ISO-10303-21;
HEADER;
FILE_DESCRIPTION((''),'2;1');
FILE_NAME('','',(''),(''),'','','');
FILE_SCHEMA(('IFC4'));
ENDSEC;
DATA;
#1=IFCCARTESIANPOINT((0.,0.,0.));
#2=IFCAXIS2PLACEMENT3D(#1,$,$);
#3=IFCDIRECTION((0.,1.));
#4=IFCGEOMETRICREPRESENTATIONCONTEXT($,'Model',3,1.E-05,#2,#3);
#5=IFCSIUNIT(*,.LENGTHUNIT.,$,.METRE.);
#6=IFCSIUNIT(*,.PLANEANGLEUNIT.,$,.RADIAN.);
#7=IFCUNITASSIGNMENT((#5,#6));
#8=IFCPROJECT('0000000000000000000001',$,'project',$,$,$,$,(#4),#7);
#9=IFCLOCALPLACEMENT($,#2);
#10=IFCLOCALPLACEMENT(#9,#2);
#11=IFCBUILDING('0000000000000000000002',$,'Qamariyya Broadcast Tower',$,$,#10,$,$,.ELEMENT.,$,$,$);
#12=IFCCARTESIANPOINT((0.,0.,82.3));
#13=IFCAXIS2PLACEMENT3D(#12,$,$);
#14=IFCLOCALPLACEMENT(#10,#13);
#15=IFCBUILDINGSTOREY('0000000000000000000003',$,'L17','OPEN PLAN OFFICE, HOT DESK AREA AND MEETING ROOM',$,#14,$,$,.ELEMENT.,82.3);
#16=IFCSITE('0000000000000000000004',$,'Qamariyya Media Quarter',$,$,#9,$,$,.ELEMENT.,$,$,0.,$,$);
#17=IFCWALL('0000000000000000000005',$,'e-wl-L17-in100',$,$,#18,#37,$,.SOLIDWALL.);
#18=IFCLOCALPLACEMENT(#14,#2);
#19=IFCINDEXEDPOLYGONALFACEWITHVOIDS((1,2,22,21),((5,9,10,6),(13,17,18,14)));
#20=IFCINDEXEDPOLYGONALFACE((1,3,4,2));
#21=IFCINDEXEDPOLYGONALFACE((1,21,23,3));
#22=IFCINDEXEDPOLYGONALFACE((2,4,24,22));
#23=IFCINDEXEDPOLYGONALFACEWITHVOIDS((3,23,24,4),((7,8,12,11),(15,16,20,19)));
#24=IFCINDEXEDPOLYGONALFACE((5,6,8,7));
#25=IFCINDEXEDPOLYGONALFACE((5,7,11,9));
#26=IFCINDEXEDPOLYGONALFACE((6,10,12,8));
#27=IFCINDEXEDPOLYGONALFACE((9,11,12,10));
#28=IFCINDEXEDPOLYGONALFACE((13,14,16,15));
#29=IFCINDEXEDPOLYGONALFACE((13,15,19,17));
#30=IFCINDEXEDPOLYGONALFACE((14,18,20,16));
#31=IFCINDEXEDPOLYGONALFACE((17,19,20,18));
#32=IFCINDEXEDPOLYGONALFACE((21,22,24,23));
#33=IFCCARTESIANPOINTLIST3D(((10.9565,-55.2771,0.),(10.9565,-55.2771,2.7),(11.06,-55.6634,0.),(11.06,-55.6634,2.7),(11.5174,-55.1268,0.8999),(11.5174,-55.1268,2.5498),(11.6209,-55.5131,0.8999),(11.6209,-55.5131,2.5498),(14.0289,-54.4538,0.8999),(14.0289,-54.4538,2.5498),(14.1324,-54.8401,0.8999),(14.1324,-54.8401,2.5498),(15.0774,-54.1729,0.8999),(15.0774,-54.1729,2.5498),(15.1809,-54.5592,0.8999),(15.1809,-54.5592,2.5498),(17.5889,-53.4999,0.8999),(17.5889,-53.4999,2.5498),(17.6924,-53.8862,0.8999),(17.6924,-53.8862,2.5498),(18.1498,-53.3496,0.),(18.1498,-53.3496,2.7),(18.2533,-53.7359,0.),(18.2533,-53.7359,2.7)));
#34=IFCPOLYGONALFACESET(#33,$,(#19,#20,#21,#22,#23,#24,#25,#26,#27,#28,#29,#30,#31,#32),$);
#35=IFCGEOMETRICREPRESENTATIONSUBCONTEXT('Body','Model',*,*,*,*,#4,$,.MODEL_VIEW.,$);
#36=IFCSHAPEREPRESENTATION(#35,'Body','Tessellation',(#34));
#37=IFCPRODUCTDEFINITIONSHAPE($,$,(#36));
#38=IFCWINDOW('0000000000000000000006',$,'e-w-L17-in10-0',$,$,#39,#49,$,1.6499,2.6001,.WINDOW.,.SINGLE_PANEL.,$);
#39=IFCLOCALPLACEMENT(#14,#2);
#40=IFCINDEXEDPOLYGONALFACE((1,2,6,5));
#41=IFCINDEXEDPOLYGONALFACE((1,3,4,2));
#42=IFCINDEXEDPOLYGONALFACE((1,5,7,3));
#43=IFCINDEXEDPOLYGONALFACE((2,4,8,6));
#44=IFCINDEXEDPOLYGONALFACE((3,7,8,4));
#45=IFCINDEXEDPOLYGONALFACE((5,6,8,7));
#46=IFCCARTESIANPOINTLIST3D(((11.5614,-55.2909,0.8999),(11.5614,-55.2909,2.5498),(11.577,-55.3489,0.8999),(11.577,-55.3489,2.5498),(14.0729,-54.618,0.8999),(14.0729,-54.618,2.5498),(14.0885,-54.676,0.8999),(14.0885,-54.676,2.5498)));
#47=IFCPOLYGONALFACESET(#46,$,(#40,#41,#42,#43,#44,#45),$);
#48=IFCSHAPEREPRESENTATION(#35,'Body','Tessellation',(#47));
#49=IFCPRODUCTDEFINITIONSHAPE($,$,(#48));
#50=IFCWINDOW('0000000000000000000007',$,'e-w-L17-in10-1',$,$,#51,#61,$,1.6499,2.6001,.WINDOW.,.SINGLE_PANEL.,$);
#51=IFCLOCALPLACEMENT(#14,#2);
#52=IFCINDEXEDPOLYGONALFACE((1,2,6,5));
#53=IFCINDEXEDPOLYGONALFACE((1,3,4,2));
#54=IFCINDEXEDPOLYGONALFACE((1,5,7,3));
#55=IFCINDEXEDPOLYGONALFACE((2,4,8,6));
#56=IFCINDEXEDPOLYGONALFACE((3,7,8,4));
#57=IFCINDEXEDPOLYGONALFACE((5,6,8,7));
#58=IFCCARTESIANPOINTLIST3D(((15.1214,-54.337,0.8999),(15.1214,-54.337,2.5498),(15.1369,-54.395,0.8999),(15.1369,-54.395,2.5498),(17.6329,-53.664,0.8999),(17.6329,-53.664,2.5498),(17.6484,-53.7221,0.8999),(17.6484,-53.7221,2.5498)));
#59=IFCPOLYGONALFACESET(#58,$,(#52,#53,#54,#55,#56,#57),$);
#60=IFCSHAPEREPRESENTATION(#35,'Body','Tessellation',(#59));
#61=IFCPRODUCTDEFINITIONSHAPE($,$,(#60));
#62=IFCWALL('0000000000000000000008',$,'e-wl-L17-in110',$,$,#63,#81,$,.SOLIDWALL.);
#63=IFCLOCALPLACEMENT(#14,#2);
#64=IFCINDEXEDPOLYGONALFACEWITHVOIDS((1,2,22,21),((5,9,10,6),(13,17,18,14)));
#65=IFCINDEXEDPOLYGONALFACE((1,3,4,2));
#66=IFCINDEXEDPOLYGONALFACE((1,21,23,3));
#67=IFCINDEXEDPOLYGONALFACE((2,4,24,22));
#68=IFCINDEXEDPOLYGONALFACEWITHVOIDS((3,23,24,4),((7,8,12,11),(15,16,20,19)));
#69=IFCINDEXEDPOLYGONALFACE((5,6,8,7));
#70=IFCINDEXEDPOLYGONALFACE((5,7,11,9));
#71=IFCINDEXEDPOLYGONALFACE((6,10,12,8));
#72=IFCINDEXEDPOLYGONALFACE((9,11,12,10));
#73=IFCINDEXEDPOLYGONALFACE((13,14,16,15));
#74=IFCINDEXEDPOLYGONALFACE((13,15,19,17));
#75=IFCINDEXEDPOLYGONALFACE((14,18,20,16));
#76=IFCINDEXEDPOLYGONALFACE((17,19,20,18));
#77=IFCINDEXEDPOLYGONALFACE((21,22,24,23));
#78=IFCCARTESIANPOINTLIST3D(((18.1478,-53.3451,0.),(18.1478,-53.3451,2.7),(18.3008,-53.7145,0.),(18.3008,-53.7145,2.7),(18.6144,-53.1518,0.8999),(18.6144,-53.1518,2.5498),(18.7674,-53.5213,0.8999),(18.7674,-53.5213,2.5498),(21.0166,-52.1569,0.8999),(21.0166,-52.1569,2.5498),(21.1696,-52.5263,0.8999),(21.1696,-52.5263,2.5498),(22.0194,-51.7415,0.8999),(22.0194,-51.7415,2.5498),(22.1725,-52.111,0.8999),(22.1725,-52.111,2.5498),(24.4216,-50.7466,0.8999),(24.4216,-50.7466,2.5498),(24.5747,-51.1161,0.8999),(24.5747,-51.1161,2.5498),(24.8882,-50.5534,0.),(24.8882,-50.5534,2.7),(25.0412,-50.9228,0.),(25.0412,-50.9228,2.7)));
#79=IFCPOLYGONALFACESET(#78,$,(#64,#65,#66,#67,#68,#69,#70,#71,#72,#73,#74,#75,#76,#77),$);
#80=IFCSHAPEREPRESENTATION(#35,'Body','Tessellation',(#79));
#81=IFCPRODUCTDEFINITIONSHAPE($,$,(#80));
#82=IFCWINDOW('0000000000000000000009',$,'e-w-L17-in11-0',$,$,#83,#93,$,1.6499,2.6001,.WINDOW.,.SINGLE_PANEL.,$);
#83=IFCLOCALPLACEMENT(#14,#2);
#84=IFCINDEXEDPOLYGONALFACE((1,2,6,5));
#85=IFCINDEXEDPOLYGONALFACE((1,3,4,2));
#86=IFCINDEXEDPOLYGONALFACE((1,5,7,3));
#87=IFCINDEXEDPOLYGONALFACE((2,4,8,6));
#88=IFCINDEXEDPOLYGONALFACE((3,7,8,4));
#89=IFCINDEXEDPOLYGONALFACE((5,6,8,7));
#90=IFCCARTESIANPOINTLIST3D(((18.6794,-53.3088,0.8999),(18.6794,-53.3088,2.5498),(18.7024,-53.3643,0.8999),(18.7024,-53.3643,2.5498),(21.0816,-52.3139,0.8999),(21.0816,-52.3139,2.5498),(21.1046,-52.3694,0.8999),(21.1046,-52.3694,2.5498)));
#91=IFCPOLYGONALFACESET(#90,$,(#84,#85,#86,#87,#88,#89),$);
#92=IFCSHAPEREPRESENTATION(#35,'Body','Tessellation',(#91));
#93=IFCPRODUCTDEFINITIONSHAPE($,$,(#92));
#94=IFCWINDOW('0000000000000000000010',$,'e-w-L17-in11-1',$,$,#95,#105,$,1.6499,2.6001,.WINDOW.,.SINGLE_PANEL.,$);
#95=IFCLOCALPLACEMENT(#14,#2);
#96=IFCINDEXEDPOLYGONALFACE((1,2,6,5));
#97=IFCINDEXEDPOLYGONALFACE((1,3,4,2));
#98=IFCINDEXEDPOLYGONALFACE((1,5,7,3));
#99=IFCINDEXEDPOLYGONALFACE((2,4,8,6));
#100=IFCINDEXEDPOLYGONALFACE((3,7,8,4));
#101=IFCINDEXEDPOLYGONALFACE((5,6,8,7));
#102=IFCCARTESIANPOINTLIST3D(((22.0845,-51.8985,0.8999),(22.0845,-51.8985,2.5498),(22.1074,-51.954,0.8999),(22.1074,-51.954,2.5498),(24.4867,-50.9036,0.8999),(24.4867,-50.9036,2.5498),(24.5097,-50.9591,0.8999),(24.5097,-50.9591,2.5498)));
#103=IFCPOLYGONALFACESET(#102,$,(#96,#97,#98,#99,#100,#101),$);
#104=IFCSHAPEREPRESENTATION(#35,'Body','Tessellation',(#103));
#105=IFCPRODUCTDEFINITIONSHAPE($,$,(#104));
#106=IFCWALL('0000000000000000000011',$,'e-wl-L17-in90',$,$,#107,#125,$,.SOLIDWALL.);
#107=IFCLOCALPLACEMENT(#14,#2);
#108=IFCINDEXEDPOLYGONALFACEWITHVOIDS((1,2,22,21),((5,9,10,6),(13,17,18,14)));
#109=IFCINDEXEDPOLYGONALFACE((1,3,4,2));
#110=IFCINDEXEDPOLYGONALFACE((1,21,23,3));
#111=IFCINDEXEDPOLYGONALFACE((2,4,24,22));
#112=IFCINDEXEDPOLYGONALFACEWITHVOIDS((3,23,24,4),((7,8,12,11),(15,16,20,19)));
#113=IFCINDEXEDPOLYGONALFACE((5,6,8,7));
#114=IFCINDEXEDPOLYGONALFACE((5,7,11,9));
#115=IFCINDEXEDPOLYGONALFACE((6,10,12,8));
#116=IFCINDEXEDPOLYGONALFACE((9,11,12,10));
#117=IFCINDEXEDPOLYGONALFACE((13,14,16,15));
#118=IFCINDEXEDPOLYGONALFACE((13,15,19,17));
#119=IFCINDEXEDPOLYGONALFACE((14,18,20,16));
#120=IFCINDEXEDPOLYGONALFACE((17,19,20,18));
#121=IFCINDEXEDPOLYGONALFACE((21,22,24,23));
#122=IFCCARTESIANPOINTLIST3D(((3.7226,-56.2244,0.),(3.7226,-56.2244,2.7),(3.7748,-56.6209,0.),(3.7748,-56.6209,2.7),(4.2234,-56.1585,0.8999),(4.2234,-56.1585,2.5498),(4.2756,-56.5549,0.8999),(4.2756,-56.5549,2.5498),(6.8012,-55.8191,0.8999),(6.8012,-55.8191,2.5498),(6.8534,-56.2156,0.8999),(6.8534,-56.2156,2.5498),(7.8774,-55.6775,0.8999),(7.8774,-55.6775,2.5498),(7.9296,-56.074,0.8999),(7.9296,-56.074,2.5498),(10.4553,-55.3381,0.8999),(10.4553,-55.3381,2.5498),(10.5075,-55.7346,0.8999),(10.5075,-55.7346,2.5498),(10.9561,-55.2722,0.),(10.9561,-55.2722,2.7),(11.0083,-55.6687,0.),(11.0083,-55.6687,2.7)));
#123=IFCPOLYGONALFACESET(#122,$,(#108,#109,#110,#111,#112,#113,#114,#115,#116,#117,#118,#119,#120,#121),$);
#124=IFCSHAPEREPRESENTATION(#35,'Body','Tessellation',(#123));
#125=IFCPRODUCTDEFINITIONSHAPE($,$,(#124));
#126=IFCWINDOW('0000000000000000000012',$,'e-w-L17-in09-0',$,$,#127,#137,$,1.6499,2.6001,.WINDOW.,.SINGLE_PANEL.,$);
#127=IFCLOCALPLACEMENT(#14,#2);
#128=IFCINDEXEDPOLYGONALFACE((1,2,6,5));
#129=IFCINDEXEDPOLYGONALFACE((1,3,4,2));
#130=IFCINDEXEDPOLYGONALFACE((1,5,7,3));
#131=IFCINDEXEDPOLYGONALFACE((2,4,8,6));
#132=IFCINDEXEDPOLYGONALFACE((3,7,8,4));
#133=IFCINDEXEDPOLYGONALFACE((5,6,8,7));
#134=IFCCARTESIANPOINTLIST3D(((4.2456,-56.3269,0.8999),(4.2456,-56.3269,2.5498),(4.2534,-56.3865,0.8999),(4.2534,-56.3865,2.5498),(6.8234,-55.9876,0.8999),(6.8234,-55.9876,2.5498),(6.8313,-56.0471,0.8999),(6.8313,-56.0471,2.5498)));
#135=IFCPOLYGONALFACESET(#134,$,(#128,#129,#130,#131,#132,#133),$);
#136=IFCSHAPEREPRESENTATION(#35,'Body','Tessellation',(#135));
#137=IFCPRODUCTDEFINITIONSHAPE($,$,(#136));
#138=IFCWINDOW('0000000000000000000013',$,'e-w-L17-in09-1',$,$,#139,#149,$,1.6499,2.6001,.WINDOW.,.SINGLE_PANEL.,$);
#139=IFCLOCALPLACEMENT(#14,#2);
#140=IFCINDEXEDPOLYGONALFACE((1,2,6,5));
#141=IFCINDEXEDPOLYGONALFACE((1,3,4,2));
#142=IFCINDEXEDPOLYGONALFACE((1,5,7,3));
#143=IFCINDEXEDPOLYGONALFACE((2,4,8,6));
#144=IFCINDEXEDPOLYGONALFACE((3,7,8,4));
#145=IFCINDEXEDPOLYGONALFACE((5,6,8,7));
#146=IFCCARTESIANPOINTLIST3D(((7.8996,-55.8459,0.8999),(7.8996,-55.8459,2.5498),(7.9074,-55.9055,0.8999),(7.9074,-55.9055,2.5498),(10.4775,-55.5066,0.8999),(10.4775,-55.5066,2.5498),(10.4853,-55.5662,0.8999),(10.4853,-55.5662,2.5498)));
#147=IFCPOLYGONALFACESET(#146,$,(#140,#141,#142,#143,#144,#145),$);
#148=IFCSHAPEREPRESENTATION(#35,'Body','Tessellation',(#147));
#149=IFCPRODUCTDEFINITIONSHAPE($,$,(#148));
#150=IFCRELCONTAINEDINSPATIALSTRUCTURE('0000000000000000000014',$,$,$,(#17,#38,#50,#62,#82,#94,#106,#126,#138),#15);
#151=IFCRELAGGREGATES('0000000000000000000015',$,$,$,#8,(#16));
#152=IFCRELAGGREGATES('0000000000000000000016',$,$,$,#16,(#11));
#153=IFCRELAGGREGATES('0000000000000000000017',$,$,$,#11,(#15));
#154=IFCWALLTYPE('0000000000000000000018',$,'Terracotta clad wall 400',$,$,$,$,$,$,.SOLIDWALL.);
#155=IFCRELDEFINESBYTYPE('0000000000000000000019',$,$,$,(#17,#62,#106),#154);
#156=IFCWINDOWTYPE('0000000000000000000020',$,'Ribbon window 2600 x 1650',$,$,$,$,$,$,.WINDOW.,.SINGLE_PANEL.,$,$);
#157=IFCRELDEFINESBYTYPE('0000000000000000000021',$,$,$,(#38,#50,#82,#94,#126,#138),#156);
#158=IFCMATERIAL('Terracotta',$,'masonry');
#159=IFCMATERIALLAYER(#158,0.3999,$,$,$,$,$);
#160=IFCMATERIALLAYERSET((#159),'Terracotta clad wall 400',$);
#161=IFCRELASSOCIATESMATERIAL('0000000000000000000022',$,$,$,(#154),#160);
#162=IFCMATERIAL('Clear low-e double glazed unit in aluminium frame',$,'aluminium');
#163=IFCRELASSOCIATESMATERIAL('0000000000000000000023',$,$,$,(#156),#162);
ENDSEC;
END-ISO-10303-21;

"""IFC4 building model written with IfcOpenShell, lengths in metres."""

from ifc_helpers import new_model, si_unit, direction, frame, frame_2d, origin, place, context, subcontext, project, spatial, rectangle, extrude, material, layer, layer_set, type_object, element, fill, save


model = new_model("IFC4")

# Units and contexts
model_context = context("Model", 3, precision=1e-05, world=origin(), true_north=direction((0.0, 1.0)))
body_context = subcontext(model_context, "Body", "Model", "MODEL_VIEW")
ifc_project = project(units=[si_unit("LENGTHUNIT", "METRE"), si_unit("PLANEANGLEUNIT", "RADIAN")], contexts=[model_context])

# Site, building, storey
site_placement = place(None, origin())
site = spatial("IfcSite", under=ifc_project, at=site_placement, Name="Qamariyya Media Quarter", CompositionType="ELEMENT", RefElevation=0.0)
building_placement = place(site_placement, origin())
building = spatial("IfcBuilding", under=site, at=building_placement, Name="Qamariyya Broadcast Tower", CompositionType="ELEMENT")
storey_placement = place(building_placement, frame((0.0, 0.0, 82.3)))
storey = spatial("IfcBuildingStorey", under=building, at=storey_placement, Name="L17", Description="OPEN PLAN OFFICE, HOT DESK AREA AND MEETING ROOM", CompositionType="ELEMENT", Elevation=82.3)

# Walls, openings, windows
ifc_material_1 = material(Name="Terracotta", Category="masonry")
ifc_layer_1 = layer(ifc_material_1, 0.3999)
ifc_layer_set_1 = layer_set([ifc_layer_1], Name="Terracotta clad wall 400")
wall_type_1 = type_object("IfcWallType", Name="Terracotta clad wall 400", PredefinedType="SOLIDWALL", material=ifc_layer_set_1)
wall_1_placement = place(storey_placement, frame((18.2017, -53.5427, 0.0), z_axis=(0.0, 0.0, 1.0), x_axis=(-0.965925, -0.258823, 0.0)))
wall_1 = element("IfcWall", 1, at=wall_1_placement, inside=storey, type_object=wall_type_1, Name="e-wl-L17-in100", PredefinedType="SOLIDWALL", context=body_context, shape_type="SweptSolid", body=[
    extrude(rectangle(XDim=7.447, YDim=0.3999, at=frame_2d((3.7236, 0.0))), origin(), (0.0, 0.0, 1.0), 2.7),
])
opening_1_placement = place(wall_1_placement, frame((4.2664, 0.0, 0.8999)))
opening_1 = element("IfcOpeningElement", 2, at=opening_1_placement, cuts=wall_1, PredefinedType="OPENING", context=body_context, shape_type="SweptSolid", body=[
    extrude(rectangle(XDim=2.6001, YDim=1.6499, at=frame_2d((1.3, 0.825))), frame((0.0, 0.21, 0.0), z_axis=(0.0, -1.0, 0.0), x_axis=(1.0, 0.0, 0.0)), (0.0, 0.0, 1.0), 0.4199),
])
opening_2_placement = place(wall_1_placement, frame((0.5808, 0.0, 0.8999)))
opening_2 = element("IfcOpeningElement", 3, at=opening_2_placement, cuts=wall_1, PredefinedType="OPENING", context=body_context, shape_type="SweptSolid", body=[
    extrude(rectangle(XDim=2.6001, YDim=1.6499, at=frame_2d((1.3, 0.825))), frame((0.0, 0.21, 0.0), z_axis=(0.0, -1.0, 0.0), x_axis=(1.0, 0.0, 0.0)), (0.0, 0.0, 1.0), 0.4199),
])
ifc_material_2 = material(Name="Clear low-e double glazed unit in aluminium frame", Category="aluminium")
window_type = type_object("IfcWindowType", Name="Ribbon window 2600 x 1650", PartitioningType="SINGLE_PANEL", PredefinedType="WINDOW", material=ifc_material_2)
window_1_placement = place(opening_1_placement, origin())
window_1 = element("IfcWindow", 4, at=window_1_placement, inside=storey, type_object=window_type, Name="e-w-L17-in10-0", OverallHeight=1.6499, OverallWidth=2.6001, PartitioningType="SINGLE_PANEL", PredefinedType="WINDOW", context=body_context, shape_type="SweptSolid", body=[
    extrude(rectangle(XDim=2.6001, YDim=1.6499, at=frame_2d((1.3, 0.825))), frame((0.0, 0.03, 0.0), z_axis=(0.0, -1.0, 0.0), x_axis=(1.0, 0.0, 0.0)), (0.0, 0.0, 1.0), 0.0601),
])
fill(opening_1, window_1)
window_2_placement = place(opening_2_placement, origin())
window_2 = element("IfcWindow", 5, at=window_2_placement, inside=storey, type_object=window_type, Name="e-w-L17-in10-1", OverallHeight=1.6499, OverallWidth=2.6001, PartitioningType="SINGLE_PANEL", PredefinedType="WINDOW", context=body_context, shape_type="SweptSolid", body=[
    extrude(rectangle(XDim=2.6001, YDim=1.6499, at=frame_2d((1.3, 0.825))), frame((0.0, 0.03, 0.0), z_axis=(0.0, -1.0, 0.0), x_axis=(1.0, 0.0, 0.0)), (0.0, 0.0, 1.0), 0.0601),
])
fill(opening_2, window_2)
wall_2_placement = place(storey_placement, frame((24.9648, -50.738, 0.0), z_axis=(0.0, 0.0, 1.0), x_axis=(-0.923892, -0.382654, 0.0)))
wall_2 = element("IfcWall", 6, at=wall_2_placement, inside=storey, type_object=wall_type_1, Name="e-wl-L17-in110", PredefinedType="SOLIDWALL", context=body_context, shape_type="SweptSolid", body=[
    extrude(rectangle(XDim=7.2957, YDim=0.3999, at=frame_2d((3.6479, 0.0))), origin(), (0.0, 0.0, 1.0), 2.7),
])
opening_3_placement = place(wall_2_placement, frame((4.1907, 0.0, 0.8999)))
opening_3 = element("IfcOpeningElement", 7, at=opening_3_placement, cuts=wall_2, PredefinedType="OPENING", context=body_context, shape_type="SweptSolid", body=[
    extrude(rectangle(XDim=2.6001, YDim=1.6499, at=frame_2d((1.3, 0.825))), frame((0.0, 0.21, 0.0), z_axis=(0.0, -1.0, 0.0), x_axis=(1.0, 0.0, 0.0)), (0.0, 0.0, 1.0), 0.4199),
])
opening_4_placement = place(wall_2_placement, frame((0.5051, 0.0, 0.8999)))
opening_4 = element("IfcOpeningElement", 8, at=opening_4_placement, cuts=wall_2, PredefinedType="OPENING", context=body_context, shape_type="SweptSolid", body=[
    extrude(rectangle(XDim=2.6001, YDim=1.6499, at=frame_2d((1.3, 0.825))), frame((0.0, 0.21, 0.0), z_axis=(0.0, -1.0, 0.0), x_axis=(1.0, 0.0, 0.0)), (0.0, 0.0, 1.0), 0.4199),
])
window_3_placement = place(opening_3_placement, origin())
window_3 = element("IfcWindow", 9, at=window_3_placement, inside=storey, type_object=window_type, Name="e-w-L17-in11-0", OverallHeight=1.6499, OverallWidth=2.6001, PartitioningType="SINGLE_PANEL", PredefinedType="WINDOW", context=body_context, shape_type="SweptSolid", body=[
    extrude(rectangle(XDim=2.6001, YDim=1.6499, at=frame_2d((1.3, 0.825))), frame((0.0, 0.03, 0.0), z_axis=(0.0, -1.0, 0.0), x_axis=(1.0, 0.0, 0.0)), (0.0, 0.0, 1.0), 0.0601),
])
fill(opening_3, window_3)
window_4_placement = place(opening_4_placement, origin())
window_4 = element("IfcWindow", 10, at=window_4_placement, inside=storey, type_object=window_type, Name="e-w-L17-in11-1", OverallHeight=1.6499, OverallWidth=2.6001, PartitioningType="SINGLE_PANEL", PredefinedType="WINDOW", context=body_context, shape_type="SweptSolid", body=[
    extrude(rectangle(XDim=2.6001, YDim=1.6499, at=frame_2d((1.3, 0.825))), frame((0.0, 0.03, 0.0), z_axis=(0.0, -1.0, 0.0), x_axis=(1.0, 0.0, 0.0)), (0.0, 0.0, 1.0), 0.0601),
])
fill(opening_4, window_4)
wall_3_placement = place(storey_placement, frame((10.9822, -55.4705, 0.0), z_axis=(0.0, 0.0, 1.0), x_axis=(-0.991447, -0.130506, 0.0)))
wall_3 = element("IfcWall", 11, at=wall_3_placement, inside=storey, type_object=wall_type_1, Name="e-wl-L17-in90", PredefinedType="SOLIDWALL", context=body_context, shape_type="SweptSolid", body=[
    extrude(rectangle(XDim=7.2959, YDim=0.3999, at=frame_2d((3.6479, 0.0))), origin(), (0.0, 0.0, 1.0), 2.7),
])
opening_5_placement = place(wall_3_placement, frame((4.1907, 0.0, 0.8999)))
opening_5 = element("IfcOpeningElement", 12, at=opening_5_placement, cuts=wall_3, PredefinedType="OPENING", context=body_context, shape_type="SweptSolid", body=[
    extrude(rectangle(XDim=2.6001, YDim=1.6499, at=frame_2d((1.3, 0.825))), frame((0.0, 0.21, 0.0), z_axis=(0.0, -1.0, 0.0), x_axis=(1.0, 0.0, 0.0)), (0.0, 0.0, 1.0), 0.4199),
])
opening_6_placement = place(wall_3_placement, frame((0.5051, 0.0, 0.8999)))
opening_6 = element("IfcOpeningElement", 13, at=opening_6_placement, cuts=wall_3, PredefinedType="OPENING", context=body_context, shape_type="SweptSolid", body=[
    extrude(rectangle(XDim=2.6001, YDim=1.6499, at=frame_2d((1.3, 0.825))), frame((0.0, 0.21, 0.0), z_axis=(0.0, -1.0, 0.0), x_axis=(1.0, 0.0, 0.0)), (0.0, 0.0, 1.0), 0.4199),
])
window_5_placement = place(opening_5_placement, origin())
window_5 = element("IfcWindow", 14, at=window_5_placement, inside=storey, type_object=window_type, Name="e-w-L17-in09-0", OverallHeight=1.6499, OverallWidth=2.6001, PartitioningType="SINGLE_PANEL", PredefinedType="WINDOW", context=body_context, shape_type="SweptSolid", body=[
    extrude(rectangle(XDim=2.6001, YDim=1.6499, at=frame_2d((1.3, 0.825))), frame((0.0, 0.03, 0.0), z_axis=(0.0, -1.0, 0.0), x_axis=(1.0, 0.0, 0.0)), (0.0, 0.0, 1.0), 0.0601),
])
fill(opening_5, window_5)
window_6_placement = place(opening_6_placement, origin())
window_6 = element("IfcWindow", 15, at=window_6_placement, inside=storey, type_object=window_type, Name="e-w-L17-in09-1", OverallHeight=1.6499, OverallWidth=2.6001, PartitioningType="SINGLE_PANEL", PredefinedType="WINDOW", context=body_context, shape_type="SweptSolid", body=[
    extrude(rectangle(XDim=2.6001, YDim=1.6499, at=frame_2d((1.3, 0.825))), frame((0.0, 0.03, 0.0), z_axis=(0.0, -1.0, 0.0), x_axis=(1.0, 0.0, 0.0)), (0.0, 0.0, 1.0), 0.0601),
])
fill(opening_6, window_6)

save(model, "model.ifc")
